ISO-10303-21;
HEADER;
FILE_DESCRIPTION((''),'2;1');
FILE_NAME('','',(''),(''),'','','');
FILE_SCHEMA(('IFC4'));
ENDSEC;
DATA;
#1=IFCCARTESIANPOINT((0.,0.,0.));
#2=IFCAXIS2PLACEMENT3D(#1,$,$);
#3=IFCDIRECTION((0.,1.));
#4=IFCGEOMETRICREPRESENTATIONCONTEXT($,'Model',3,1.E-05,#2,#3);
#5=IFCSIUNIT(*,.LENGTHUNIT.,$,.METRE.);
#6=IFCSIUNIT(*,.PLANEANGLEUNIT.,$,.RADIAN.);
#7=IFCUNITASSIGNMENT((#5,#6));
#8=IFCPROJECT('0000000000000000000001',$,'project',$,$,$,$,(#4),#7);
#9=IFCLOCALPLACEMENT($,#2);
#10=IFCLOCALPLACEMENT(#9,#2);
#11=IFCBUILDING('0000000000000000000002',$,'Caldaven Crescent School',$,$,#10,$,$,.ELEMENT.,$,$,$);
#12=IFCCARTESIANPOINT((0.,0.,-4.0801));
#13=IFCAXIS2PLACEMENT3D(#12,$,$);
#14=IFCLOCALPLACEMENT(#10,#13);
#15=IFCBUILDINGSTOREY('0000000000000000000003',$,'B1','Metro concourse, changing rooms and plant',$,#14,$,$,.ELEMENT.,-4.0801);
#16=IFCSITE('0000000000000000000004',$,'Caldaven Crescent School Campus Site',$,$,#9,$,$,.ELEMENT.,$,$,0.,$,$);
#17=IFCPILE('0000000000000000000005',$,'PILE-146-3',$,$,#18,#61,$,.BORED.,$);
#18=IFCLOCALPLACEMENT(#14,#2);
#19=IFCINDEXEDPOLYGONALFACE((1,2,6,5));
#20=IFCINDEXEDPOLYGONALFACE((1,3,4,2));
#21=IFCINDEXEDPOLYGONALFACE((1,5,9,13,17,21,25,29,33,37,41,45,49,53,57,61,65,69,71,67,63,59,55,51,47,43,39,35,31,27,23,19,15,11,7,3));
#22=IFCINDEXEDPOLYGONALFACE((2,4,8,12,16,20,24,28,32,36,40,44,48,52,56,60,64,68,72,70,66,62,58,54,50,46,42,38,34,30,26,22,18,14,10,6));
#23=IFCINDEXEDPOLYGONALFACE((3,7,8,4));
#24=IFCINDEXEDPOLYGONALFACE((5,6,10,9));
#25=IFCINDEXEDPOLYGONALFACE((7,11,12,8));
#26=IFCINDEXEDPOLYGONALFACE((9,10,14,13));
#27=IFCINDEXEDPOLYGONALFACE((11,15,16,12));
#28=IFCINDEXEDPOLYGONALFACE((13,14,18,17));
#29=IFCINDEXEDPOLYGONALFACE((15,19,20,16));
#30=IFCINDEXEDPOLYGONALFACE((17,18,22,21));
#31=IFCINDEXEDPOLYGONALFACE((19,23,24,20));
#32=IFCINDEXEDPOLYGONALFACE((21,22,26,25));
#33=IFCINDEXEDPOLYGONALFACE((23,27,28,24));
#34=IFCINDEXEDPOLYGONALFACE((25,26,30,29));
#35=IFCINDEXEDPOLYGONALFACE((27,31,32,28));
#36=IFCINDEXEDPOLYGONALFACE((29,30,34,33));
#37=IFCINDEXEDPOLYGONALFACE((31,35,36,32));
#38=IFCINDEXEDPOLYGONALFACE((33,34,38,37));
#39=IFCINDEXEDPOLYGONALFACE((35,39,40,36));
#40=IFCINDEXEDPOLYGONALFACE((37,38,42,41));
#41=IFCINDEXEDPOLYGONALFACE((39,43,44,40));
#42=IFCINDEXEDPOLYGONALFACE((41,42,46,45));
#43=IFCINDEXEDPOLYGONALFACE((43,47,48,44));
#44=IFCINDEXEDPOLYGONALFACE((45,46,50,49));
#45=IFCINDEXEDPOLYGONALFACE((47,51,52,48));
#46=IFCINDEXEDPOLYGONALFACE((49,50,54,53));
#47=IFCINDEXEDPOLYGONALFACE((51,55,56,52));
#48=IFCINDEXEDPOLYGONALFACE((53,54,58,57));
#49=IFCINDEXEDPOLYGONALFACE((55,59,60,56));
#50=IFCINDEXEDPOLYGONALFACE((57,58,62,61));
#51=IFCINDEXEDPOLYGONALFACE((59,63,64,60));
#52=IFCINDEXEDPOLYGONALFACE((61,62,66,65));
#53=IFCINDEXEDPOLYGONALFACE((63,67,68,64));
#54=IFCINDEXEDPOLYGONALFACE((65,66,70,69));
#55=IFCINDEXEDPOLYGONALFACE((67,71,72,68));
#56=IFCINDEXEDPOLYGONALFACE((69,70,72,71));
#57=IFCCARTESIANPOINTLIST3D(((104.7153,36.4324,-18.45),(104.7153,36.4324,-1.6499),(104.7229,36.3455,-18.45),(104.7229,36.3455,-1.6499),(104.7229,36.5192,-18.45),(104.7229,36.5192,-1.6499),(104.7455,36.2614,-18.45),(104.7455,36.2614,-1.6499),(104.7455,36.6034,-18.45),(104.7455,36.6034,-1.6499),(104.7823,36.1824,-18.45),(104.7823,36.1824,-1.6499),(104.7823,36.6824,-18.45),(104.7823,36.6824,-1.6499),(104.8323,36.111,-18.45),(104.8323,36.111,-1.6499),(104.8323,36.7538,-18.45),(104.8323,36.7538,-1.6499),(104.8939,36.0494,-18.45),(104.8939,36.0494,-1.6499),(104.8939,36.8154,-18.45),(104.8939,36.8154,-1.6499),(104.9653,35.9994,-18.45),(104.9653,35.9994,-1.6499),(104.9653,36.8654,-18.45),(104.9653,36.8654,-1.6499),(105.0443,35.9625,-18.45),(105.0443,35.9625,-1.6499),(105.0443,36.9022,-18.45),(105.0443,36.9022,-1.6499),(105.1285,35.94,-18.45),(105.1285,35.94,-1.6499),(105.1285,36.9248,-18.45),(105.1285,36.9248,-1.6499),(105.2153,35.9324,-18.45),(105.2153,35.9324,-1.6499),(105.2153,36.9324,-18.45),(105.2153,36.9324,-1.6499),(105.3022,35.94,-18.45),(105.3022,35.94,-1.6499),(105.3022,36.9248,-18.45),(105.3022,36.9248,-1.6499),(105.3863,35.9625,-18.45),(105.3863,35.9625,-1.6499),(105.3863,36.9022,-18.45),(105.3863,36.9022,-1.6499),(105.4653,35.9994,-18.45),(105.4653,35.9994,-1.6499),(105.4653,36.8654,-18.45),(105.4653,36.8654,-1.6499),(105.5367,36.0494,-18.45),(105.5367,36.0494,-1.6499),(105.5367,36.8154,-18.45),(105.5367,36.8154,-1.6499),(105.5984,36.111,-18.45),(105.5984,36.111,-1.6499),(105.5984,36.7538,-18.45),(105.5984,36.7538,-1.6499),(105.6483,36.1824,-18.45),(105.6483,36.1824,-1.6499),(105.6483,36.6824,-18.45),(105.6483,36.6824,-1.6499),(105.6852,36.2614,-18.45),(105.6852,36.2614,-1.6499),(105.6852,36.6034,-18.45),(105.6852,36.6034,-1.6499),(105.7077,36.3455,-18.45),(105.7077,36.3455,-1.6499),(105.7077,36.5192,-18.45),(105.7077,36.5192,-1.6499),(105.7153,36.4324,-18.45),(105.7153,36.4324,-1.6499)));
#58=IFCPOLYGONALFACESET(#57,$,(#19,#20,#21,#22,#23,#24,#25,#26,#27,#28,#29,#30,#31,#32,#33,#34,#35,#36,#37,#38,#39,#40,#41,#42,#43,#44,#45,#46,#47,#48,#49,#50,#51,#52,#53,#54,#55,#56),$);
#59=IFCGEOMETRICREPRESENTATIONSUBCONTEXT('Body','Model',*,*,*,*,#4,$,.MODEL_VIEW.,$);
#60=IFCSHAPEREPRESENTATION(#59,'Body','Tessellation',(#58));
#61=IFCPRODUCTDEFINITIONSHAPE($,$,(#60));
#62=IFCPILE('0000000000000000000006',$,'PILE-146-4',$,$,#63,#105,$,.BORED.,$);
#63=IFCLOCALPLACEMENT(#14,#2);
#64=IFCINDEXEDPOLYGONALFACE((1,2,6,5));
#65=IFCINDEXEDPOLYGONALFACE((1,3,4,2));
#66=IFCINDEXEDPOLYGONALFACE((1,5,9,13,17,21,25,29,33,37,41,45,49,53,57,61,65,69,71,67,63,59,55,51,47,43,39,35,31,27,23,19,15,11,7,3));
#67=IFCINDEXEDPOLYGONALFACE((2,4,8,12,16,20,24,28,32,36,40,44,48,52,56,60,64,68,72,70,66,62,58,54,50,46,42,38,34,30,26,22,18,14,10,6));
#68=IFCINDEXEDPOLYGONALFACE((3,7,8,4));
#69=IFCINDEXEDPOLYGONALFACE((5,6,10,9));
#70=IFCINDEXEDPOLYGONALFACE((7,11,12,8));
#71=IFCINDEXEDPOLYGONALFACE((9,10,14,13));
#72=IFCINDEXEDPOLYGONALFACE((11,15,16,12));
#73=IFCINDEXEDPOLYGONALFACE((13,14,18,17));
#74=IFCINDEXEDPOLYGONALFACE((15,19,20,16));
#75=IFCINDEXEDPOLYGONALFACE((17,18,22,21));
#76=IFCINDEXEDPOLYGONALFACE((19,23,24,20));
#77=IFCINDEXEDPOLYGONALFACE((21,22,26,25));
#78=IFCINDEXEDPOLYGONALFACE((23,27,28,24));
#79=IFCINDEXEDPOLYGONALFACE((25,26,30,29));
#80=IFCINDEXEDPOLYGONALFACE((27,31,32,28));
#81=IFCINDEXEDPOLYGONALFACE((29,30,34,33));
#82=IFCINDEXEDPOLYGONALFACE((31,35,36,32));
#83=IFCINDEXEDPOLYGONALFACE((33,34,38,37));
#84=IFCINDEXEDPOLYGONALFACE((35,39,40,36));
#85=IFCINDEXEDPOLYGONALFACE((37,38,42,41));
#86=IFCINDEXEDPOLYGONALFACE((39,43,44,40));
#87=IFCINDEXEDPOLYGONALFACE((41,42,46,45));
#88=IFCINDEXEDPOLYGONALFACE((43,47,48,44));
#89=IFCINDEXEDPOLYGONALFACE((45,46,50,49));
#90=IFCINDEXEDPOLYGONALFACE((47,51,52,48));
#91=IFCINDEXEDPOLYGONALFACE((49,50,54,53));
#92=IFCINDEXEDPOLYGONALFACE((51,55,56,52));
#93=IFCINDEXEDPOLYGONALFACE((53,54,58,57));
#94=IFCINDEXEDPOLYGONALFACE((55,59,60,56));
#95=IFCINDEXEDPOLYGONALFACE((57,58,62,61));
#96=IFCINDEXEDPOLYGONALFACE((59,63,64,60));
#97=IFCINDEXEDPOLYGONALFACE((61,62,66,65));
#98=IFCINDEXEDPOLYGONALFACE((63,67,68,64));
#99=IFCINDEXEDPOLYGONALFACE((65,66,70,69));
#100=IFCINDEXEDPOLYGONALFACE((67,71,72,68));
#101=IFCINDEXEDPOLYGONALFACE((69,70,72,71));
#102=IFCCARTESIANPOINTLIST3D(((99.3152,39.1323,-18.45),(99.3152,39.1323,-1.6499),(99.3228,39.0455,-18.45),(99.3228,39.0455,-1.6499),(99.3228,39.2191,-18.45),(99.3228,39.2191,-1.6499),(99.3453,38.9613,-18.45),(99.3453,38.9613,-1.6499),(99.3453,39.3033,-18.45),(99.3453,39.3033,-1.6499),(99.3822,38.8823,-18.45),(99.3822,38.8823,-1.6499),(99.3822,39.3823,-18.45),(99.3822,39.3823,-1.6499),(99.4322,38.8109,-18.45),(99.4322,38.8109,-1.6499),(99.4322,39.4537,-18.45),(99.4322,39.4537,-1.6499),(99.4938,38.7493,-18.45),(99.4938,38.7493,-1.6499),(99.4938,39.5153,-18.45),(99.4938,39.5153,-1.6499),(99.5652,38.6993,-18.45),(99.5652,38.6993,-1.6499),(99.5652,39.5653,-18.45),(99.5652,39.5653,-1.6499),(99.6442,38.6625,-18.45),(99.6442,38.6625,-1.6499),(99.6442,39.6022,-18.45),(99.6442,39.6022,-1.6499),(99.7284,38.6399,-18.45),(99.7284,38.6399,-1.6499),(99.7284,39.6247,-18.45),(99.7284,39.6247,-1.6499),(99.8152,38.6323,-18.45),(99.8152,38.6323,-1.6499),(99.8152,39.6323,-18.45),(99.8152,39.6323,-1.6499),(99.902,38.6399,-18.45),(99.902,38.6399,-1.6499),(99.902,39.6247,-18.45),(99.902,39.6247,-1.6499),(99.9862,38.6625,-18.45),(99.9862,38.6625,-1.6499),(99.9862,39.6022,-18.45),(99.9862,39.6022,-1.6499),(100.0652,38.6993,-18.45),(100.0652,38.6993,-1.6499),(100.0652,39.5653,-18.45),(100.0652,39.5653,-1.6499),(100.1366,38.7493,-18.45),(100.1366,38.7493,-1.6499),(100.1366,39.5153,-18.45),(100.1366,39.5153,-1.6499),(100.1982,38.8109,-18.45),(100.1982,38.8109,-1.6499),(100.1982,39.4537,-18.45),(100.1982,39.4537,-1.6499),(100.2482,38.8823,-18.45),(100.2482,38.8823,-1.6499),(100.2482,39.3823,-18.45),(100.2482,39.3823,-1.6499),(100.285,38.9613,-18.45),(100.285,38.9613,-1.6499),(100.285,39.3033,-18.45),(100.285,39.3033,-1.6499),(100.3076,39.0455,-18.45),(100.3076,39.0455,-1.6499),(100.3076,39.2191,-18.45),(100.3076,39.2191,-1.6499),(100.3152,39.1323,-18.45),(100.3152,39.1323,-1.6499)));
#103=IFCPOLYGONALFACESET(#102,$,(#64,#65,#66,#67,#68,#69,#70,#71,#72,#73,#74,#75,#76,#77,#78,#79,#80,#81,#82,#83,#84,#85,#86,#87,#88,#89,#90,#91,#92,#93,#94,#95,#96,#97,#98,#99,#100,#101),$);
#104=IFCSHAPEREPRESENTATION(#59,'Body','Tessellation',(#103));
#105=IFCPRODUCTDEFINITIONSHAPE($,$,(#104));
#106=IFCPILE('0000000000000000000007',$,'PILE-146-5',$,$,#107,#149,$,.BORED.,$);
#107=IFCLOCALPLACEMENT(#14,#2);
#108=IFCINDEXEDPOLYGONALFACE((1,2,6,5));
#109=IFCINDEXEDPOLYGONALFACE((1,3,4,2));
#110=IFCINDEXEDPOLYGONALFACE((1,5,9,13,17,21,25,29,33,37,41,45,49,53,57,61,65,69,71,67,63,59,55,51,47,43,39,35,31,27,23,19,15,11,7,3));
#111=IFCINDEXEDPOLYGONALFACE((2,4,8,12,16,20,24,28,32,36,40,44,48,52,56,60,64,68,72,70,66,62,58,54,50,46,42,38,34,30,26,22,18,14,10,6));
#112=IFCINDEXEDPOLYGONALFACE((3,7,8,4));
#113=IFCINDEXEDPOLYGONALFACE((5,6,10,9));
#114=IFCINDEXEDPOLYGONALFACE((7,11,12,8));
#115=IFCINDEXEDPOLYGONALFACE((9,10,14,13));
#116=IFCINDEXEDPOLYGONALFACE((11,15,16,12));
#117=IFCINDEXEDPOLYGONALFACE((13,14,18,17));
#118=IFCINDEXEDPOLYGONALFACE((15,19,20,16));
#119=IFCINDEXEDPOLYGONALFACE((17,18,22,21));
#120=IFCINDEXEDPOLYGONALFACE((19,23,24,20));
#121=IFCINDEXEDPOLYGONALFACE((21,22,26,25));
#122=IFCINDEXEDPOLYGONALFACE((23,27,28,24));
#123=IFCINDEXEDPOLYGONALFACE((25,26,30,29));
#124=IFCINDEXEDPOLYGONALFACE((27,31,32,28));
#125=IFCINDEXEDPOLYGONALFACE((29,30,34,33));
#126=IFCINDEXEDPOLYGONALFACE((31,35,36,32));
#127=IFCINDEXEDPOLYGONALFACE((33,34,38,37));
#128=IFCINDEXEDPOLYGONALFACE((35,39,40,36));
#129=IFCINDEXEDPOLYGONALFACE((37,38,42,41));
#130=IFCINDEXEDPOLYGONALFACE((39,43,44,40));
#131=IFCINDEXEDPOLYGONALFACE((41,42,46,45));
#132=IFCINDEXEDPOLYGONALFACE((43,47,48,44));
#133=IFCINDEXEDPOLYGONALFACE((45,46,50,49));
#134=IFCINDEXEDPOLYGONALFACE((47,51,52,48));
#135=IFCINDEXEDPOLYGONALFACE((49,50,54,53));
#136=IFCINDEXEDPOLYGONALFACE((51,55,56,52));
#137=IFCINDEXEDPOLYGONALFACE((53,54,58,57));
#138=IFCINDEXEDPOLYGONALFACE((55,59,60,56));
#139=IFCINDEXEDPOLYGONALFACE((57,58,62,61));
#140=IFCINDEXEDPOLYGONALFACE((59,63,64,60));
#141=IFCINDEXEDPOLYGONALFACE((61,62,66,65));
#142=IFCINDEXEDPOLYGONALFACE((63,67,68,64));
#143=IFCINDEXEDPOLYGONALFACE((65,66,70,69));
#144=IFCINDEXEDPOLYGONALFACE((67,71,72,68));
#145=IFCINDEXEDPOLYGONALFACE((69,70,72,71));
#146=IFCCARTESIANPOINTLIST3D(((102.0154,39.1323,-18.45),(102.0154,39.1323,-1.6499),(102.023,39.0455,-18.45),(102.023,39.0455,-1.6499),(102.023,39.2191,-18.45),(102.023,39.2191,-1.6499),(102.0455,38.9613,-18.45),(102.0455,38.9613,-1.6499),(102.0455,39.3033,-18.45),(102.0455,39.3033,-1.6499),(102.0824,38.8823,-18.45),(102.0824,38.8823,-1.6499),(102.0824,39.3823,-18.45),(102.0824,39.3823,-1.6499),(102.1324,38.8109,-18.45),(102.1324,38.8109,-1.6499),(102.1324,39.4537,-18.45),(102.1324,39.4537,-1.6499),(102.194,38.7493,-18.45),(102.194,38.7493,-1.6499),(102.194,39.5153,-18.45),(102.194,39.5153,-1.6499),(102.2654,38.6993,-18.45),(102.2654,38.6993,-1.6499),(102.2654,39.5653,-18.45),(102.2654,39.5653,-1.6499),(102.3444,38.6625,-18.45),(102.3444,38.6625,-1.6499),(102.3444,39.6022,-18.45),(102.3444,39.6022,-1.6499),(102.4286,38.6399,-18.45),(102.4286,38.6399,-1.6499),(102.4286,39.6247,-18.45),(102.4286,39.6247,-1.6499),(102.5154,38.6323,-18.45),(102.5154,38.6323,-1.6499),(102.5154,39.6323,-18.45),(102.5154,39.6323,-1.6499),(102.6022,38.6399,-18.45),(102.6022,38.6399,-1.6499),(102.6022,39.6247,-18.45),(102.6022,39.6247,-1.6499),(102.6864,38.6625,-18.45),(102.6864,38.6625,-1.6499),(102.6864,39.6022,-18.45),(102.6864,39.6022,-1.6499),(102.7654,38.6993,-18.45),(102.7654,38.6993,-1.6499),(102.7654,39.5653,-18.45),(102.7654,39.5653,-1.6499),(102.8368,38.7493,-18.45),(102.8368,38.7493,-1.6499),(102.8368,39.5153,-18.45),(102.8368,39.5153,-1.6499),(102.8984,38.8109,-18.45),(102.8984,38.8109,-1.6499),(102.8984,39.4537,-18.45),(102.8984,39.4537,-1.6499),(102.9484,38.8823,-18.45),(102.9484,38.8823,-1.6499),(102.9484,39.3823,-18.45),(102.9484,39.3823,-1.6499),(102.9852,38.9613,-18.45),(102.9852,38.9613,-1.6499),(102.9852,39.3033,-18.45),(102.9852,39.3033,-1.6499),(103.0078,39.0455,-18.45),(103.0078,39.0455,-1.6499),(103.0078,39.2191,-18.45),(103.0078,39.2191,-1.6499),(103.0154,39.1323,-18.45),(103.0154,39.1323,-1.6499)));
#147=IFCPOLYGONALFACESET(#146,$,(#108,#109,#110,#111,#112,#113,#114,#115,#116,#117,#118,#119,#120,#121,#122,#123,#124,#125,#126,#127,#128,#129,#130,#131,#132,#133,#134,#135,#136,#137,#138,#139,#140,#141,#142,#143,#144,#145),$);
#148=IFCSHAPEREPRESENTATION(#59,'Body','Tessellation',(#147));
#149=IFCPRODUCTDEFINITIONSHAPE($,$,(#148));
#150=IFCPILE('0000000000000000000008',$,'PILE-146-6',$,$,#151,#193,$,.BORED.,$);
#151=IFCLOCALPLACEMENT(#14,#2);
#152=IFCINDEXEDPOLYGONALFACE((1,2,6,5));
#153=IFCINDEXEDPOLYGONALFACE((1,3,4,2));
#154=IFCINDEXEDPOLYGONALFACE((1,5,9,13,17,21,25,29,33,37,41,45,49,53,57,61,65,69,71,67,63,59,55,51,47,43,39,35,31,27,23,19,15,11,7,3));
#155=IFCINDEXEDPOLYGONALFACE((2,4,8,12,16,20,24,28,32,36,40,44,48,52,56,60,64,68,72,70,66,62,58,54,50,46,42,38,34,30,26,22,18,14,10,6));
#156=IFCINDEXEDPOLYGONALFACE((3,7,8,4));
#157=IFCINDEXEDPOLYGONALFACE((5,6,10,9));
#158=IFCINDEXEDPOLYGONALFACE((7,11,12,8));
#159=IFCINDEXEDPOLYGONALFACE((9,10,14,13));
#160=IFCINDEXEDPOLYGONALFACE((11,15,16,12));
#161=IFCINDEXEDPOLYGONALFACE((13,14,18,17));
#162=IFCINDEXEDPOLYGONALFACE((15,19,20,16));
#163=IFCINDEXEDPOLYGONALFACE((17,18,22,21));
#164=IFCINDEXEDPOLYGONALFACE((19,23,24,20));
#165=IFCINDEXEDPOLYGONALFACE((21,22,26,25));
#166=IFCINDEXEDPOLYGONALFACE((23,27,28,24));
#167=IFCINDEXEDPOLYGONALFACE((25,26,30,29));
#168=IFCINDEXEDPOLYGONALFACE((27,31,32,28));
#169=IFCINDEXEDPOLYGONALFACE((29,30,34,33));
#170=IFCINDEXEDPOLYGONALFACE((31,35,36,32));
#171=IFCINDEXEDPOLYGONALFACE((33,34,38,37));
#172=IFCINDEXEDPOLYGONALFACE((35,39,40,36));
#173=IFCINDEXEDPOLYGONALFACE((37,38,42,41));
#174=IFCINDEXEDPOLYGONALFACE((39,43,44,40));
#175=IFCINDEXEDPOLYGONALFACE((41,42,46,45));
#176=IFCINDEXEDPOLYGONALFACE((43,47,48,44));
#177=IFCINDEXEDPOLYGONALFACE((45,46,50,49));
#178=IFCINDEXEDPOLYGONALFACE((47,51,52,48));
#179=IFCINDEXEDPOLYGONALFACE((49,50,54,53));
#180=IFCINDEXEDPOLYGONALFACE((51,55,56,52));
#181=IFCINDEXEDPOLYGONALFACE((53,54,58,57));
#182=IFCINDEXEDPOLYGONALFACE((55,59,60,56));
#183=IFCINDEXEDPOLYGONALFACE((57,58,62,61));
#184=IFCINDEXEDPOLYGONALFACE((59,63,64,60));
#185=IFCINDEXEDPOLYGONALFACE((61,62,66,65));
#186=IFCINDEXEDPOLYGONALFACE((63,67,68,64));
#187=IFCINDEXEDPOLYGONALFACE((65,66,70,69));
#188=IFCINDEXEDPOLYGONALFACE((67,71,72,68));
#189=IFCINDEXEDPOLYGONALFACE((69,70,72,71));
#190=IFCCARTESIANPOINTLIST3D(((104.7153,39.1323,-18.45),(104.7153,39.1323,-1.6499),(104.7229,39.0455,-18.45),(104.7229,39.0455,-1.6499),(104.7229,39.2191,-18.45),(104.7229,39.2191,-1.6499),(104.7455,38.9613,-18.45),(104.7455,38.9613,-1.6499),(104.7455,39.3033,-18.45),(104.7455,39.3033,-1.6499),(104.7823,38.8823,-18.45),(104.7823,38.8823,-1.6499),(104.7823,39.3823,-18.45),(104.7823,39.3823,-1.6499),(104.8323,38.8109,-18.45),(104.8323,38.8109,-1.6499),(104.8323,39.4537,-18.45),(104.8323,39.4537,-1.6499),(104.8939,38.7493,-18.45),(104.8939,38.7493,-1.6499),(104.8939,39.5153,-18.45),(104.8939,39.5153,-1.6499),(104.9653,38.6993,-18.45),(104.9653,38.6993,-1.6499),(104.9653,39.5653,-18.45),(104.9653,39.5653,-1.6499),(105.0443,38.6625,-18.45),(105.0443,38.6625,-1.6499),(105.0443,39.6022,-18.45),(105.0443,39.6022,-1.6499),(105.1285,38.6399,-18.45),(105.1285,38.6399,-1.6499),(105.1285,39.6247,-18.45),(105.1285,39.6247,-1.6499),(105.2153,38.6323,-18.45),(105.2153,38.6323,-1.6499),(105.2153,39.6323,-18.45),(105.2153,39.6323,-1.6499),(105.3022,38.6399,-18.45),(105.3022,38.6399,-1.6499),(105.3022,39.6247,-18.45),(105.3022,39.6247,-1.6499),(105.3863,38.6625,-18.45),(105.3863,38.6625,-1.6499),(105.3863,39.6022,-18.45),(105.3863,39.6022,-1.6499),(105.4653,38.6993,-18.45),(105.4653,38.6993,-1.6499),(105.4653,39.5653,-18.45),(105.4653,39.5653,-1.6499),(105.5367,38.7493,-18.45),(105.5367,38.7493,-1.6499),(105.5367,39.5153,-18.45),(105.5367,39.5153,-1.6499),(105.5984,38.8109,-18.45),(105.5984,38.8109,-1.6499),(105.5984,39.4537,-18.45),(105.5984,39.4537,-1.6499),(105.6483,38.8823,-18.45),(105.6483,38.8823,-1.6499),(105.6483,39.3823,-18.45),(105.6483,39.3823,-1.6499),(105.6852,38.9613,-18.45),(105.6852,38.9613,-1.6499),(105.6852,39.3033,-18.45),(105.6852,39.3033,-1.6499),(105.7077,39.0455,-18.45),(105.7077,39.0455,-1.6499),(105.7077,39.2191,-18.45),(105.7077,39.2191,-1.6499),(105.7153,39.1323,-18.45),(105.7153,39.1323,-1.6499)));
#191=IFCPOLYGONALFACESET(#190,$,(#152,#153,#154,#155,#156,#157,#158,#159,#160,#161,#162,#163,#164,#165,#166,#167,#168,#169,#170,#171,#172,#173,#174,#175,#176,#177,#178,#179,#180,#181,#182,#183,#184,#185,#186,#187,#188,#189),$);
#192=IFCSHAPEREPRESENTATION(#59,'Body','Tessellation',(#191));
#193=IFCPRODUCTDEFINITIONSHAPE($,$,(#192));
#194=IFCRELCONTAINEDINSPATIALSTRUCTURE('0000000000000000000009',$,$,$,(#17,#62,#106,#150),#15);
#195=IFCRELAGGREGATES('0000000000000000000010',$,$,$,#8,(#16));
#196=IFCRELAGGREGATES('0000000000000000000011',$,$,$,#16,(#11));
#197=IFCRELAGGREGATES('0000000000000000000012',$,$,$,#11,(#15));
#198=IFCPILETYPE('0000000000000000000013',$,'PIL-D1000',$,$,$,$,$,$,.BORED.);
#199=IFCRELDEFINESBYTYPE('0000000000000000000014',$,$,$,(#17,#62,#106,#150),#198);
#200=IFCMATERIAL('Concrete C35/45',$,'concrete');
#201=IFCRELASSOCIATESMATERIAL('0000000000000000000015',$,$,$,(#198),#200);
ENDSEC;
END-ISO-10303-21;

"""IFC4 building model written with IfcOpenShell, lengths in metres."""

from ifc_helpers import new_model, si_unit, direction, frame, origin, origin_2d, place, context, subcontext, project, spatial, circle, extrude, material, material_profile, profile_set, type_object, element, save


model = new_model("IFC4")

# Units and contexts
model_context = context("Model", 3, precision=1e-05, world=origin(), true_north=direction((0.0, 1.0)))
body_context = subcontext(model_context, "Body", "Model", "MODEL_VIEW")
ifc_project = project(units=[si_unit("LENGTHUNIT", "METRE"), si_unit("PLANEANGLEUNIT", "RADIAN")], contexts=[model_context])

# Site, building, storey
site_placement = place(None, origin())
site = spatial("IfcSite", under=ifc_project, at=site_placement, Name="Caldaven Crescent School Campus Site", CompositionType="ELEMENT", RefElevation=0.0)
building_placement = place(site_placement, origin())
building = spatial("IfcBuilding", under=site, at=building_placement, Name="Caldaven Crescent School", CompositionType="ELEMENT")
storey_placement = place(building_placement, frame((0.0, 0.0, -4.0801)))
storey = spatial("IfcBuildingStorey", under=building, at=storey_placement, Name="B1", Description="Metro concourse, changing rooms and plant", CompositionType="ELEMENT", Elevation=-4.0801)

# Shared definitions
ifc_material_1 = material(Name="Concrete C35/45", Category="concrete")

# Piles
ifc_material_profile_1 = material_profile(ifc_material_1, circle(Radius=0.5, at=origin_2d()), Name="PILE D1000")
ifc_profile_set_1 = profile_set([ifc_material_profile_1], Name="Concrete C35/45")
pile_type_1 = type_object("IfcPileType", Name="PIL-D1000", PredefinedType="BORED", material=ifc_profile_set_1)
for number, where, z_axis, x_axis, name in (
    (1, (105.2153, 36.4324, -1.6499), (0.0, 0.0, -1.0), (1.0, 0.0, 0.0), "PILE-146-3"),
    (2, (99.8152, 39.1323, -1.6499), (0.0, 0.0, -1.0), (1.0, 0.0, 0.0), "PILE-146-4"),
    (3, (102.5154, 39.1323, -1.6499), (0.0, 0.0, -1.0), (1.0, 0.0, 0.0), "PILE-146-5"),
    (4, (105.2153, 39.1323, -1.6499), (0.0, 0.0, -1.0), (1.0, 0.0, 0.0), "PILE-146-6"),
):
    element("IfcPile", number, at=place(storey_placement, frame(where, z_axis=z_axis, x_axis=x_axis)), inside=storey, type_object=pile_type_1, Name=name, PredefinedType="BORED", context=body_context, shape_type="SweptSolid", body=[
        extrude(circle(Radius=0.5, at=origin_2d()), origin(), (0.0, 0.0, 1.0), 16.8),
    ])

save(model, "model.ifc")
